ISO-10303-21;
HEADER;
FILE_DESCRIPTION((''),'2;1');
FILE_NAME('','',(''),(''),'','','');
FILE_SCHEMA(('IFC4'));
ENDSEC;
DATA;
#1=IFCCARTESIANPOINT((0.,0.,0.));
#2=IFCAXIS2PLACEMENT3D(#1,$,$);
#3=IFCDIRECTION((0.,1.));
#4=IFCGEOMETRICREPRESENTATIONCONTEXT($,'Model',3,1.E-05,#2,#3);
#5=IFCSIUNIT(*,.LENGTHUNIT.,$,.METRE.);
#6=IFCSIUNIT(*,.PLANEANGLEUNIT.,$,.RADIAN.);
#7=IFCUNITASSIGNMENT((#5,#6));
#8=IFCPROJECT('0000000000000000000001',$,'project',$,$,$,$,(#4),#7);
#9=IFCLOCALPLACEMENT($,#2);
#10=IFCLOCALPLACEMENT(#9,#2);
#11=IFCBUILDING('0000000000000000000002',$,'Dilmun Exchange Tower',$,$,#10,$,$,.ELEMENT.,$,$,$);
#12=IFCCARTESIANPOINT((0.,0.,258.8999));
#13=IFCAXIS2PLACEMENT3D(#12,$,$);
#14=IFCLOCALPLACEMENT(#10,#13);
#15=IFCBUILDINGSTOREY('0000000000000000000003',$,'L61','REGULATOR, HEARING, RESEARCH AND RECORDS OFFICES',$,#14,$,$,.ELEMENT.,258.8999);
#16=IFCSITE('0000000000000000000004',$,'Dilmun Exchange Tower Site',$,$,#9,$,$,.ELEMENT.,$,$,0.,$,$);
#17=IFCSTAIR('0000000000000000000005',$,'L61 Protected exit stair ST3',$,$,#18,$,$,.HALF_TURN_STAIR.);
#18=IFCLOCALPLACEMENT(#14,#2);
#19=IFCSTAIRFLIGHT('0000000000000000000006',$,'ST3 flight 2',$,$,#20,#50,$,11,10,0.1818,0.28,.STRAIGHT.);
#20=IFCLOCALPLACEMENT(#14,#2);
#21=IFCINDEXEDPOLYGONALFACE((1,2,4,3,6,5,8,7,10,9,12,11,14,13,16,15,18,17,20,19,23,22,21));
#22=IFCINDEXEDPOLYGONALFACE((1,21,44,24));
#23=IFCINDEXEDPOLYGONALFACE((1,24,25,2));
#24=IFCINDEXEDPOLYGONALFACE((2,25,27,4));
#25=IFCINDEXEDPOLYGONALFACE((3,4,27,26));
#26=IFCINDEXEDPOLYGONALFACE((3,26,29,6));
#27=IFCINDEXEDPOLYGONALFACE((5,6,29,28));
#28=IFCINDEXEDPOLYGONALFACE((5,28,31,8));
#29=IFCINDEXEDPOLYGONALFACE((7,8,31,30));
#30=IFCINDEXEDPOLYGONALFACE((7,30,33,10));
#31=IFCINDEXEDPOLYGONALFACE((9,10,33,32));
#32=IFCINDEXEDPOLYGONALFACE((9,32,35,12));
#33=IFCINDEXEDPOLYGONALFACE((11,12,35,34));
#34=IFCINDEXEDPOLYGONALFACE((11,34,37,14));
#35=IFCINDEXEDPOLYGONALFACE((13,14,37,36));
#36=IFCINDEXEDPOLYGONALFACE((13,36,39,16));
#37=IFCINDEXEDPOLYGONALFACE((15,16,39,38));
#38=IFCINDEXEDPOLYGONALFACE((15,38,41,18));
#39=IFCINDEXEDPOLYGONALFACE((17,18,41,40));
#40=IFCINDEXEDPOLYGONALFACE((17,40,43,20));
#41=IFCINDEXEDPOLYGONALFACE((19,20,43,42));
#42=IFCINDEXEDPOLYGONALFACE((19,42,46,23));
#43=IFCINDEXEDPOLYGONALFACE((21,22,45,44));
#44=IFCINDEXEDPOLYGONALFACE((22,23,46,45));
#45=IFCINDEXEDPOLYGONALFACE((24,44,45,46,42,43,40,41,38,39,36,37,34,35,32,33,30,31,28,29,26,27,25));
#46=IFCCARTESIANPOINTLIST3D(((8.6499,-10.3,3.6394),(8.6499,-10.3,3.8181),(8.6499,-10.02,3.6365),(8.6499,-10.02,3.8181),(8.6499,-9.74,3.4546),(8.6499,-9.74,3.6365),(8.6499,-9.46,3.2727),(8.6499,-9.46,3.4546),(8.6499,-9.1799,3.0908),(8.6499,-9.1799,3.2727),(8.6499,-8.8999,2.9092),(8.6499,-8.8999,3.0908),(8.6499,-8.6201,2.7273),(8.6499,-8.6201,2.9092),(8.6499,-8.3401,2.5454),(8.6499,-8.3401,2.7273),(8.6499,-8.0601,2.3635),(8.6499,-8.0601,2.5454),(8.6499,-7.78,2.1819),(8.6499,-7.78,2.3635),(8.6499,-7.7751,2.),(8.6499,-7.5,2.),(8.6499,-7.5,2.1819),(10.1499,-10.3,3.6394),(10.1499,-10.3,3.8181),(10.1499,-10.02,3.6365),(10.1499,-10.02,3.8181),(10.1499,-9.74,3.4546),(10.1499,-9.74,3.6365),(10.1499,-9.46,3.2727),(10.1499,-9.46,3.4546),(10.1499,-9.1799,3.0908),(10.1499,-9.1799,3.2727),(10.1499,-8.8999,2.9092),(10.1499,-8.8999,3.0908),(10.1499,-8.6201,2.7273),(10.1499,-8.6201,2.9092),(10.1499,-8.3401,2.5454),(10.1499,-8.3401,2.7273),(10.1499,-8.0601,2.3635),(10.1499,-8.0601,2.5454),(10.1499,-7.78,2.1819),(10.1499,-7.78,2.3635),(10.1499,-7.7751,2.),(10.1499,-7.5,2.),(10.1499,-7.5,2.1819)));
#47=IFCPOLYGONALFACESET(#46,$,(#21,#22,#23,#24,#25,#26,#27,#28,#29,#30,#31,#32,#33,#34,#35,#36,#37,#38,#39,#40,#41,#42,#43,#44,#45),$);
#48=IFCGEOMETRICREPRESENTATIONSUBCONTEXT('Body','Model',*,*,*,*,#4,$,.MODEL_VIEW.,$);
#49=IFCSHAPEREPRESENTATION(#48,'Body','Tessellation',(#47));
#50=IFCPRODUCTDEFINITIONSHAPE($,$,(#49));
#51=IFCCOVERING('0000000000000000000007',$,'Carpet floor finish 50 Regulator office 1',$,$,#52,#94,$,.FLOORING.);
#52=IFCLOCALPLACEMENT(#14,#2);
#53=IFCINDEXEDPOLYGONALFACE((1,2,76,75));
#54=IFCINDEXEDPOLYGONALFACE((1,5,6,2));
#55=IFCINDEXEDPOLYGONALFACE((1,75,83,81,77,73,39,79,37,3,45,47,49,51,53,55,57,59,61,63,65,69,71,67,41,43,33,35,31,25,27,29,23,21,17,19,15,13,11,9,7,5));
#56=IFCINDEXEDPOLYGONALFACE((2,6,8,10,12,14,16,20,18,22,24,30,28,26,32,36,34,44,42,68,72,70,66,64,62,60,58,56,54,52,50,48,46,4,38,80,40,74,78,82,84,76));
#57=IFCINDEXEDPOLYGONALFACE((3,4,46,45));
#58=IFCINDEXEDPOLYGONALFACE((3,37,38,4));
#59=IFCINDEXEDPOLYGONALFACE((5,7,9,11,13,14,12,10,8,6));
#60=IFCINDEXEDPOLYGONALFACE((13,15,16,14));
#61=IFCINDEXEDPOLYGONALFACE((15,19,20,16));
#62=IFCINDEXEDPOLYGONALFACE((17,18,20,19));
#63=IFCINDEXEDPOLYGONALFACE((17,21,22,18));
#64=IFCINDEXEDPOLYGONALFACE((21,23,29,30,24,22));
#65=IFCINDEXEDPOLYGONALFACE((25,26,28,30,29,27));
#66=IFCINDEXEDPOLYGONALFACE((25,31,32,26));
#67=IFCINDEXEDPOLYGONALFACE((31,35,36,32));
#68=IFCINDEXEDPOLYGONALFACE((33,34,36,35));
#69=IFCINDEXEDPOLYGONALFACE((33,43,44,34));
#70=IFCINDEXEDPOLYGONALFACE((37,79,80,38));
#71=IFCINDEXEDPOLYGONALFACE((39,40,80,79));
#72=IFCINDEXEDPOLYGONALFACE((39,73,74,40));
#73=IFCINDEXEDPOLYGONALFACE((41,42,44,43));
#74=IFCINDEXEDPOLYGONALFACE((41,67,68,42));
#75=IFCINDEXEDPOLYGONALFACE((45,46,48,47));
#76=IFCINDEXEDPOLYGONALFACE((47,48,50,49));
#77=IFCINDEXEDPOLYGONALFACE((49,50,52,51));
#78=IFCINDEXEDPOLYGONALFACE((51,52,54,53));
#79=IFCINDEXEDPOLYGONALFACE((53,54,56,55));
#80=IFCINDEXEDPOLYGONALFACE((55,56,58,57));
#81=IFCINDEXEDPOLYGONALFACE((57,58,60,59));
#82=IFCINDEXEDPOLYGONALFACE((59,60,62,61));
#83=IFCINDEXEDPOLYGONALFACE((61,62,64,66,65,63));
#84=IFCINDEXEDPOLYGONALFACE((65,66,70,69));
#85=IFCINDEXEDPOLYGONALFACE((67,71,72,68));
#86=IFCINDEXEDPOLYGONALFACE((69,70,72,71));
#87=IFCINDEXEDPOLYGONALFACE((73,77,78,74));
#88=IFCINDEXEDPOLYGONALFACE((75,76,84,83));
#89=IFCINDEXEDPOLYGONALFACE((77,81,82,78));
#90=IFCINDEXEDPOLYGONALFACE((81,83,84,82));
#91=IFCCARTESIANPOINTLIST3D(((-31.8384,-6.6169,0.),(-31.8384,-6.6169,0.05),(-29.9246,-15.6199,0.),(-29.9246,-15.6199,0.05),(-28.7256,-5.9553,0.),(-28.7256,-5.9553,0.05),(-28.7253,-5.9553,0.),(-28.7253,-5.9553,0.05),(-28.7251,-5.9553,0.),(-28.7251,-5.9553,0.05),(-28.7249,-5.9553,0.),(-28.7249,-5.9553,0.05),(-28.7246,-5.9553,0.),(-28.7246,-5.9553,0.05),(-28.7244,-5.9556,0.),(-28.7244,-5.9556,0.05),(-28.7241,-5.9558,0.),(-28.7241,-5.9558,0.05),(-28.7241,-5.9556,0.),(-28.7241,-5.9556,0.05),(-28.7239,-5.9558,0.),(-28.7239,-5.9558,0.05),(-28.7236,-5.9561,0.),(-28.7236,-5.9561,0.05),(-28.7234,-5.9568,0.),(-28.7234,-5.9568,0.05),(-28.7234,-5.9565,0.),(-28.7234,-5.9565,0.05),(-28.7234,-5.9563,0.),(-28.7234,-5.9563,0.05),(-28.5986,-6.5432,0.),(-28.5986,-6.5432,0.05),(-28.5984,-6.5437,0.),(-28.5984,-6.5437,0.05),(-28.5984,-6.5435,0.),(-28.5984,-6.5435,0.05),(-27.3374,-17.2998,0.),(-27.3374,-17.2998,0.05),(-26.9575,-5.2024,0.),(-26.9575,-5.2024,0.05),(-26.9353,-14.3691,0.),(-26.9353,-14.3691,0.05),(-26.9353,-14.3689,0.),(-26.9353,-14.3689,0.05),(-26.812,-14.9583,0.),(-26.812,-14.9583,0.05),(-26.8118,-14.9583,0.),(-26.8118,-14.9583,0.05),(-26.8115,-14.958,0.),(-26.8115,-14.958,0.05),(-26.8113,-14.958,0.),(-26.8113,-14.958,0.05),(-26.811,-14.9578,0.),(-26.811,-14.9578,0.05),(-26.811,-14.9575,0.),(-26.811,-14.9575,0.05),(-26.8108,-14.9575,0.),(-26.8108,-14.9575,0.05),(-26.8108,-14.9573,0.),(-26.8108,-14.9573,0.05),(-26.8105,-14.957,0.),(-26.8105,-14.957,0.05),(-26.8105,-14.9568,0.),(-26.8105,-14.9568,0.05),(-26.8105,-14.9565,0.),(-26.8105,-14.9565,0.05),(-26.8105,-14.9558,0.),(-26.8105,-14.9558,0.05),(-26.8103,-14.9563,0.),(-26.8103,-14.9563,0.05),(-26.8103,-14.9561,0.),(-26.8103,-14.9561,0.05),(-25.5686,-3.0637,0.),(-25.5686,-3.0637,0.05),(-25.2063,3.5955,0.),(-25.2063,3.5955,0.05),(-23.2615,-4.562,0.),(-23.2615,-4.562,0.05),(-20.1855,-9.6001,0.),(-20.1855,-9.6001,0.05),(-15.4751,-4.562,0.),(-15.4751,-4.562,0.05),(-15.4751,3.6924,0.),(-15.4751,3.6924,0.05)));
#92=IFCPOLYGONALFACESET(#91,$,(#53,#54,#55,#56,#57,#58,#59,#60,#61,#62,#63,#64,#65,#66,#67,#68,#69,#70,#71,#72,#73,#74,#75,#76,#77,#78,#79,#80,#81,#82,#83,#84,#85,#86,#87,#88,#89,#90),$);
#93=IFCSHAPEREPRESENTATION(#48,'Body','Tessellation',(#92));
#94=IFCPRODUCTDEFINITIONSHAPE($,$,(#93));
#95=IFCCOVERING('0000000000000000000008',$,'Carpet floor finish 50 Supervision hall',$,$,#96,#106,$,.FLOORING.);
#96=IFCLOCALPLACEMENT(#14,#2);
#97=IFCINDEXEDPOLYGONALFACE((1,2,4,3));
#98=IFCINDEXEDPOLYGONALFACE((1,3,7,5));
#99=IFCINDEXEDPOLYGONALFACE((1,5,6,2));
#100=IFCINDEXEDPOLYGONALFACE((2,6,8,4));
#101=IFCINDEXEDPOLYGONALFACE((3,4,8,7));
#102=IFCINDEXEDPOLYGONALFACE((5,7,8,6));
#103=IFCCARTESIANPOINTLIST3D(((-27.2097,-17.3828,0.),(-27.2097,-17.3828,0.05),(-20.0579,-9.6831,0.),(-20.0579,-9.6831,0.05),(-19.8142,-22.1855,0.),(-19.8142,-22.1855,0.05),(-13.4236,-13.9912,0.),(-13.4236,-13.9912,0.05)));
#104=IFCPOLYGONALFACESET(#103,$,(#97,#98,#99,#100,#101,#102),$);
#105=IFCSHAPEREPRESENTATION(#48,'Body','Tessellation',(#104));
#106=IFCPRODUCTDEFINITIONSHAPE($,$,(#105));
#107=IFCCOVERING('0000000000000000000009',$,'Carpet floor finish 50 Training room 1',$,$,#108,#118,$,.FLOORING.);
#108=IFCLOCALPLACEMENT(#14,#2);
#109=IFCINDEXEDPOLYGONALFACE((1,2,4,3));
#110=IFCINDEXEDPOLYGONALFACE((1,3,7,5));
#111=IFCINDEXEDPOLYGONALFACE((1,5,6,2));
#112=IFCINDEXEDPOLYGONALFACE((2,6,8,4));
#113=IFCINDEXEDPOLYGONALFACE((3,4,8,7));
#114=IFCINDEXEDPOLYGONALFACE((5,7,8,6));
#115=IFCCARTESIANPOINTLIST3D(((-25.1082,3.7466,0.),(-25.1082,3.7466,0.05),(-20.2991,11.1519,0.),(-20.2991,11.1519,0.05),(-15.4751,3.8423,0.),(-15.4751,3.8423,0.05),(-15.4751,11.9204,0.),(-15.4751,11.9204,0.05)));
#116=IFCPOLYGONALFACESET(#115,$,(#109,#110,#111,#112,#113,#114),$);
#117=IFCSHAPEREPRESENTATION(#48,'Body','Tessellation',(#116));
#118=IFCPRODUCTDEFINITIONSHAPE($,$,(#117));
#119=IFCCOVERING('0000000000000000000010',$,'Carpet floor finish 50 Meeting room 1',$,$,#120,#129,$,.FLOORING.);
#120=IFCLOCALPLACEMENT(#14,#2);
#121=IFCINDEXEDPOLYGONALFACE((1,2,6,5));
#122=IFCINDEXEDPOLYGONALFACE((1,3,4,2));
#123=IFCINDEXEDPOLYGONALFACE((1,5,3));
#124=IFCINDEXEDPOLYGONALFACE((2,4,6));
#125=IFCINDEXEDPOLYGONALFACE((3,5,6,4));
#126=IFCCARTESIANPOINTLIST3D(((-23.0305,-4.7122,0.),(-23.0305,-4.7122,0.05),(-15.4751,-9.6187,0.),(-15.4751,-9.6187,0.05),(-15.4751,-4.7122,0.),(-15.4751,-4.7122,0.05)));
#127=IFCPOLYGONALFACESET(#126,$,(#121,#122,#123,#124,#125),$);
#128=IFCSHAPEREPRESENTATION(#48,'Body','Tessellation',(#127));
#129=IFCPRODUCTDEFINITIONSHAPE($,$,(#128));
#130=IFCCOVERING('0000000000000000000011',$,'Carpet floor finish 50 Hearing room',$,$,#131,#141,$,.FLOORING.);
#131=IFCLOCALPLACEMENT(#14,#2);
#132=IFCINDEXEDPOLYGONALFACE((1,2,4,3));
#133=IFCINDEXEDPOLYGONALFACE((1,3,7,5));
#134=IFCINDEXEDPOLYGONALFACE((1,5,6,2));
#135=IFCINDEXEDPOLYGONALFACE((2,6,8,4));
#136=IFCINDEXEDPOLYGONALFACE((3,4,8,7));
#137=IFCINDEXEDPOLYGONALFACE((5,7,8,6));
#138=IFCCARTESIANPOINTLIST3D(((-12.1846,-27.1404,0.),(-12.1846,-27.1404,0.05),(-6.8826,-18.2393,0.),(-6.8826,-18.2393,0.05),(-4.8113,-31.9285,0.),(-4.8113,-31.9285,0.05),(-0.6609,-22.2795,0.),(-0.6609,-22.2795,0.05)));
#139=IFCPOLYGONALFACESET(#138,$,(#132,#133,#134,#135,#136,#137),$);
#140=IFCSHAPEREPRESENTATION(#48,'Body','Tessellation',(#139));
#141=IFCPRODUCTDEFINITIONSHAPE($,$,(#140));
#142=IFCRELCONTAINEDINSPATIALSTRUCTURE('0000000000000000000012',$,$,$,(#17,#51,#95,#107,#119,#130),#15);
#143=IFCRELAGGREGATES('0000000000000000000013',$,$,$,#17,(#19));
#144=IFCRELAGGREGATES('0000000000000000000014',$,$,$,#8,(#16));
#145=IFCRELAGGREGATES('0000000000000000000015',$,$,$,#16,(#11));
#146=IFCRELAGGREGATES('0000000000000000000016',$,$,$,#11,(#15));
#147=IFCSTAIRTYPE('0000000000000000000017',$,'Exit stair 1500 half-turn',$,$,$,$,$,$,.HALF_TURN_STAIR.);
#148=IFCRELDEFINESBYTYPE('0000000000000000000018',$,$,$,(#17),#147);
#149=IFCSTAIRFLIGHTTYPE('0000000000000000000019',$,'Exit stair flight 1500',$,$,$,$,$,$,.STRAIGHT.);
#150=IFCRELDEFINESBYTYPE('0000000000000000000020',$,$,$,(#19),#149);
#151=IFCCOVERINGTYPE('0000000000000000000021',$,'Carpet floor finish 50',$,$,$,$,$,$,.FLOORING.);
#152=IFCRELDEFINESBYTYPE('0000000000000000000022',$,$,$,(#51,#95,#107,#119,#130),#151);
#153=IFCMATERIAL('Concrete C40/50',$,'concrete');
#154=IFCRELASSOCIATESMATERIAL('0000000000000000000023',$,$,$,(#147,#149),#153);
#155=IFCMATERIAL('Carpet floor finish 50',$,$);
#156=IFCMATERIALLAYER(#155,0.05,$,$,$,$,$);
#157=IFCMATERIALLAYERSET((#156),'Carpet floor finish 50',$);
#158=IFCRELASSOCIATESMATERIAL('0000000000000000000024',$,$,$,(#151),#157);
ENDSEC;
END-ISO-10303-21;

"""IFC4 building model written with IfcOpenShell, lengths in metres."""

from ifc_helpers import new_model, si_unit, direction, frame, origin, place, context, subcontext, project, spatial, polyline, outline, extrude, material, layer, layer_set, type_object, element, aggregate, save


model = new_model("IFC4")

# Units and contexts
model_context = context("Model", 3, precision=1e-05, world=origin(), true_north=direction((0.0, 1.0)))
body_context = subcontext(model_context, "Body", "Model", "MODEL_VIEW")
ifc_project = project(units=[si_unit("LENGTHUNIT", "METRE"), si_unit("PLANEANGLEUNIT", "RADIAN")], contexts=[model_context])

# Site, building, storey
site_placement = place(None, origin())
site = spatial("IfcSite", under=ifc_project, at=site_placement, Name="Dilmun Exchange Tower Site", CompositionType="ELEMENT", RefElevation=0.0)
building_placement = place(site_placement, origin())
building = spatial("IfcBuilding", under=site, at=building_placement, Name="Dilmun Exchange Tower", CompositionType="ELEMENT")
storey_placement = place(building_placement, frame((0.0, 0.0, 258.8999)))
storey = spatial("IfcBuildingStorey", under=building, at=storey_placement, Name="L61", Description="REGULATOR, HEARING, RESEARCH AND RECORDS OFFICES", CompositionType="ELEMENT", Elevation=258.8999)

# Shared definitions
ifc_material_1 = material(Name="Concrete C40/50", Category="concrete")

# Stair
stair_type = type_object("IfcStairType", Name="Exit stair 1500 half-turn", PredefinedType="HALF_TURN_STAIR", material=ifc_material_1)
stair_1_placement = place(storey_placement, origin())
stair_1 = element("IfcStair", 1, at=stair_1_placement, inside=storey, type_object=stair_type, Name="L61 Protected exit stair ST3", PredefinedType="HALF_TURN_STAIR")

# Stair flight
stair_flight_type = type_object("IfcStairFlightType", Name="Exit stair flight 1500", PredefinedType="STRAIGHT", material=ifc_material_1)
stair_flight_placement = place(storey_placement, frame((9.3999, -7.5, 2.0), z_axis=(0.0, 0.0, 1.0), x_axis=(0.0, -1.0, 0.0)))
stair_flight = element("IfcStairFlight", 2, at=stair_flight_placement, type_object=stair_flight_type, Name="ST3 flight 2", NumberOfRisers=11, NumberOfTreads=10, PredefinedType="STRAIGHT", RiserHeight=0.1818, TreadLength=0.28, context=body_context, shape_type="SweptSolid", body=[
    extrude(outline(polyline([(0.0, 0.0), (0.0, 0.1819), (0.28, 0.1819), (0.28, 0.3635), (0.5601, 0.3635), (0.5601, 0.5454), (0.8401, 0.5454), (0.8401, 0.7273), (1.1201, 0.7273), (1.1201, 0.9092), (1.3999, 0.9092), (1.3999, 1.0908), (1.6799, 1.0908), (1.6799, 1.2727), (1.96, 1.2727), (1.96, 1.4546), (2.24, 1.4546), (2.24, 1.6365), (2.52, 1.6365), (2.52, 1.8181), (2.8, 1.8181), (2.8, 2.0), (2.8, 1.6394), (0.2751, 0.0), (0.0, 0.0)])), frame((0.0, 0.75, 0.0), z_axis=(0.0, -1.0, 0.0), x_axis=(1.0, 0.0, 0.0)), (0.0, 0.0, 1.0), 1.5),
])
aggregate(stair_1, [stair_flight])

# Coverings
ifc_material_2 = material(Name="Carpet floor finish 50")
ifc_layer_1 = layer(ifc_material_2, 0.05)
ifc_layer_set_1 = layer_set([ifc_layer_1], Name="Carpet floor finish 50")
covering_type_1 = type_object("IfcCoveringType", Name="Carpet floor finish 50", PredefinedType="FLOORING", material=ifc_layer_set_1)
covering_1_placement = place(storey_placement, origin())
element("IfcCovering", 3, at=covering_1_placement, inside=storey, type_object=covering_type_1, Name="Carpet floor finish 50 Regulator office 1", PredefinedType="FLOORING", context=body_context, shape_type="SweptSolid", body=[
    extrude(outline(polyline([(-15.4751, 3.6924), (-15.4751, -4.562), (-23.2615, -4.562), (-25.5686, -3.0637), (-26.9575, -5.2024), (-20.1855, -9.6001), (-27.3374, -17.2998), (-29.9246, -15.6199), (-26.812, -14.9583), (-26.8118, -14.9583), (-26.8115, -14.958), (-26.8115, -14.958), (-26.8113, -14.958), (-26.811, -14.9578), (-26.811, -14.9575), (-26.8108, -14.9575), (-26.8108, -14.9573), (-26.8108, -14.9573), (-26.8105, -14.957), (-26.8105, -14.9568), (-26.8105, -14.9565), (-26.8103, -14.9563), (-26.8103, -14.9563), (-26.8103, -14.9561), (-26.8105, -14.9558), (-26.9353, -14.3691), (-26.9353, -14.3691), (-26.9353, -14.3689), (-28.5984, -6.5437), (-28.5984, -6.5435), (-28.5986, -6.5432), (-28.5986, -6.5432), (-28.7234, -5.9568), (-28.7234, -5.9568), (-28.7234, -5.9565), (-28.7234, -5.9563), (-28.7236, -5.9561), (-28.7236, -5.9561), (-28.7239, -5.9558), (-28.7241, -5.9558), (-28.7241, -5.9556), (-28.7244, -5.9556), (-28.7246, -5.9553), (-28.7246, -5.9553), (-28.7249, -5.9553), (-28.7251, -5.9553), (-28.7253, -5.9553), (-28.7256, -5.9553), (-28.7256, -5.9553), (-31.8384, -6.6169), (-25.2063, 3.5955), (-15.4751, 3.6924)])), origin(), (0.0, 0.0, 1.0), 0.05),
])
covering_2_placement = place(storey_placement, origin())
element("IfcCovering", 4, at=covering_2_placement, inside=storey, type_object=covering_type_1, Name="Carpet floor finish 50 Supervision hall", PredefinedType="FLOORING", context=body_context, shape_type="SweptSolid", body=[
    extrude(outline(polyline([(-13.4236, -13.9912), (-19.8142, -22.1855), (-27.2097, -17.3828), (-20.0579, -9.6831), (-13.4236, -13.9912)])), origin(), (0.0, 0.0, 1.0), 0.05),
])
covering_3_placement = place(storey_placement, origin())
element("IfcCovering", 5, at=covering_3_placement, inside=storey, type_object=covering_type_1, Name="Carpet floor finish 50 Training room 1", PredefinedType="FLOORING", context=body_context, shape_type="SweptSolid", body=[
    extrude(outline(polyline([(-15.4751, 3.8423), (-25.1082, 3.7466), (-20.2991, 11.1519), (-15.4751, 11.9204), (-15.4751, 3.8423)])), origin(), (0.0, 0.0, 1.0), 0.05),
])
covering_4_placement = place(storey_placement, origin())
element("IfcCovering", 6, at=covering_4_placement, inside=storey, type_object=covering_type_1, Name="Carpet floor finish 50 Meeting room 1", PredefinedType="FLOORING", context=body_context, shape_type="SweptSolid", body=[
    extrude(outline(polyline([(-15.4751, -4.7122), (-15.4751, -9.6187), (-23.0305, -4.7122), (-15.4751, -4.7122)])), origin(), (0.0, 0.0, 1.0), 0.05),
])
covering_5_placement = place(storey_placement, origin())
element("IfcCovering", 7, at=covering_5_placement, inside=storey, type_object=covering_type_1, Name="Carpet floor finish 50 Hearing room", PredefinedType="FLOORING", context=body_context, shape_type="SweptSolid", body=[
    extrude(outline(polyline([(-6.8826, -18.2393), (-0.6609, -22.2795), (-4.8113, -31.9285), (-12.1846, -27.1404), (-6.8826, -18.2393)])), origin(), (0.0, 0.0, 1.0), 0.05),
])

save(model, "model.ifc")
